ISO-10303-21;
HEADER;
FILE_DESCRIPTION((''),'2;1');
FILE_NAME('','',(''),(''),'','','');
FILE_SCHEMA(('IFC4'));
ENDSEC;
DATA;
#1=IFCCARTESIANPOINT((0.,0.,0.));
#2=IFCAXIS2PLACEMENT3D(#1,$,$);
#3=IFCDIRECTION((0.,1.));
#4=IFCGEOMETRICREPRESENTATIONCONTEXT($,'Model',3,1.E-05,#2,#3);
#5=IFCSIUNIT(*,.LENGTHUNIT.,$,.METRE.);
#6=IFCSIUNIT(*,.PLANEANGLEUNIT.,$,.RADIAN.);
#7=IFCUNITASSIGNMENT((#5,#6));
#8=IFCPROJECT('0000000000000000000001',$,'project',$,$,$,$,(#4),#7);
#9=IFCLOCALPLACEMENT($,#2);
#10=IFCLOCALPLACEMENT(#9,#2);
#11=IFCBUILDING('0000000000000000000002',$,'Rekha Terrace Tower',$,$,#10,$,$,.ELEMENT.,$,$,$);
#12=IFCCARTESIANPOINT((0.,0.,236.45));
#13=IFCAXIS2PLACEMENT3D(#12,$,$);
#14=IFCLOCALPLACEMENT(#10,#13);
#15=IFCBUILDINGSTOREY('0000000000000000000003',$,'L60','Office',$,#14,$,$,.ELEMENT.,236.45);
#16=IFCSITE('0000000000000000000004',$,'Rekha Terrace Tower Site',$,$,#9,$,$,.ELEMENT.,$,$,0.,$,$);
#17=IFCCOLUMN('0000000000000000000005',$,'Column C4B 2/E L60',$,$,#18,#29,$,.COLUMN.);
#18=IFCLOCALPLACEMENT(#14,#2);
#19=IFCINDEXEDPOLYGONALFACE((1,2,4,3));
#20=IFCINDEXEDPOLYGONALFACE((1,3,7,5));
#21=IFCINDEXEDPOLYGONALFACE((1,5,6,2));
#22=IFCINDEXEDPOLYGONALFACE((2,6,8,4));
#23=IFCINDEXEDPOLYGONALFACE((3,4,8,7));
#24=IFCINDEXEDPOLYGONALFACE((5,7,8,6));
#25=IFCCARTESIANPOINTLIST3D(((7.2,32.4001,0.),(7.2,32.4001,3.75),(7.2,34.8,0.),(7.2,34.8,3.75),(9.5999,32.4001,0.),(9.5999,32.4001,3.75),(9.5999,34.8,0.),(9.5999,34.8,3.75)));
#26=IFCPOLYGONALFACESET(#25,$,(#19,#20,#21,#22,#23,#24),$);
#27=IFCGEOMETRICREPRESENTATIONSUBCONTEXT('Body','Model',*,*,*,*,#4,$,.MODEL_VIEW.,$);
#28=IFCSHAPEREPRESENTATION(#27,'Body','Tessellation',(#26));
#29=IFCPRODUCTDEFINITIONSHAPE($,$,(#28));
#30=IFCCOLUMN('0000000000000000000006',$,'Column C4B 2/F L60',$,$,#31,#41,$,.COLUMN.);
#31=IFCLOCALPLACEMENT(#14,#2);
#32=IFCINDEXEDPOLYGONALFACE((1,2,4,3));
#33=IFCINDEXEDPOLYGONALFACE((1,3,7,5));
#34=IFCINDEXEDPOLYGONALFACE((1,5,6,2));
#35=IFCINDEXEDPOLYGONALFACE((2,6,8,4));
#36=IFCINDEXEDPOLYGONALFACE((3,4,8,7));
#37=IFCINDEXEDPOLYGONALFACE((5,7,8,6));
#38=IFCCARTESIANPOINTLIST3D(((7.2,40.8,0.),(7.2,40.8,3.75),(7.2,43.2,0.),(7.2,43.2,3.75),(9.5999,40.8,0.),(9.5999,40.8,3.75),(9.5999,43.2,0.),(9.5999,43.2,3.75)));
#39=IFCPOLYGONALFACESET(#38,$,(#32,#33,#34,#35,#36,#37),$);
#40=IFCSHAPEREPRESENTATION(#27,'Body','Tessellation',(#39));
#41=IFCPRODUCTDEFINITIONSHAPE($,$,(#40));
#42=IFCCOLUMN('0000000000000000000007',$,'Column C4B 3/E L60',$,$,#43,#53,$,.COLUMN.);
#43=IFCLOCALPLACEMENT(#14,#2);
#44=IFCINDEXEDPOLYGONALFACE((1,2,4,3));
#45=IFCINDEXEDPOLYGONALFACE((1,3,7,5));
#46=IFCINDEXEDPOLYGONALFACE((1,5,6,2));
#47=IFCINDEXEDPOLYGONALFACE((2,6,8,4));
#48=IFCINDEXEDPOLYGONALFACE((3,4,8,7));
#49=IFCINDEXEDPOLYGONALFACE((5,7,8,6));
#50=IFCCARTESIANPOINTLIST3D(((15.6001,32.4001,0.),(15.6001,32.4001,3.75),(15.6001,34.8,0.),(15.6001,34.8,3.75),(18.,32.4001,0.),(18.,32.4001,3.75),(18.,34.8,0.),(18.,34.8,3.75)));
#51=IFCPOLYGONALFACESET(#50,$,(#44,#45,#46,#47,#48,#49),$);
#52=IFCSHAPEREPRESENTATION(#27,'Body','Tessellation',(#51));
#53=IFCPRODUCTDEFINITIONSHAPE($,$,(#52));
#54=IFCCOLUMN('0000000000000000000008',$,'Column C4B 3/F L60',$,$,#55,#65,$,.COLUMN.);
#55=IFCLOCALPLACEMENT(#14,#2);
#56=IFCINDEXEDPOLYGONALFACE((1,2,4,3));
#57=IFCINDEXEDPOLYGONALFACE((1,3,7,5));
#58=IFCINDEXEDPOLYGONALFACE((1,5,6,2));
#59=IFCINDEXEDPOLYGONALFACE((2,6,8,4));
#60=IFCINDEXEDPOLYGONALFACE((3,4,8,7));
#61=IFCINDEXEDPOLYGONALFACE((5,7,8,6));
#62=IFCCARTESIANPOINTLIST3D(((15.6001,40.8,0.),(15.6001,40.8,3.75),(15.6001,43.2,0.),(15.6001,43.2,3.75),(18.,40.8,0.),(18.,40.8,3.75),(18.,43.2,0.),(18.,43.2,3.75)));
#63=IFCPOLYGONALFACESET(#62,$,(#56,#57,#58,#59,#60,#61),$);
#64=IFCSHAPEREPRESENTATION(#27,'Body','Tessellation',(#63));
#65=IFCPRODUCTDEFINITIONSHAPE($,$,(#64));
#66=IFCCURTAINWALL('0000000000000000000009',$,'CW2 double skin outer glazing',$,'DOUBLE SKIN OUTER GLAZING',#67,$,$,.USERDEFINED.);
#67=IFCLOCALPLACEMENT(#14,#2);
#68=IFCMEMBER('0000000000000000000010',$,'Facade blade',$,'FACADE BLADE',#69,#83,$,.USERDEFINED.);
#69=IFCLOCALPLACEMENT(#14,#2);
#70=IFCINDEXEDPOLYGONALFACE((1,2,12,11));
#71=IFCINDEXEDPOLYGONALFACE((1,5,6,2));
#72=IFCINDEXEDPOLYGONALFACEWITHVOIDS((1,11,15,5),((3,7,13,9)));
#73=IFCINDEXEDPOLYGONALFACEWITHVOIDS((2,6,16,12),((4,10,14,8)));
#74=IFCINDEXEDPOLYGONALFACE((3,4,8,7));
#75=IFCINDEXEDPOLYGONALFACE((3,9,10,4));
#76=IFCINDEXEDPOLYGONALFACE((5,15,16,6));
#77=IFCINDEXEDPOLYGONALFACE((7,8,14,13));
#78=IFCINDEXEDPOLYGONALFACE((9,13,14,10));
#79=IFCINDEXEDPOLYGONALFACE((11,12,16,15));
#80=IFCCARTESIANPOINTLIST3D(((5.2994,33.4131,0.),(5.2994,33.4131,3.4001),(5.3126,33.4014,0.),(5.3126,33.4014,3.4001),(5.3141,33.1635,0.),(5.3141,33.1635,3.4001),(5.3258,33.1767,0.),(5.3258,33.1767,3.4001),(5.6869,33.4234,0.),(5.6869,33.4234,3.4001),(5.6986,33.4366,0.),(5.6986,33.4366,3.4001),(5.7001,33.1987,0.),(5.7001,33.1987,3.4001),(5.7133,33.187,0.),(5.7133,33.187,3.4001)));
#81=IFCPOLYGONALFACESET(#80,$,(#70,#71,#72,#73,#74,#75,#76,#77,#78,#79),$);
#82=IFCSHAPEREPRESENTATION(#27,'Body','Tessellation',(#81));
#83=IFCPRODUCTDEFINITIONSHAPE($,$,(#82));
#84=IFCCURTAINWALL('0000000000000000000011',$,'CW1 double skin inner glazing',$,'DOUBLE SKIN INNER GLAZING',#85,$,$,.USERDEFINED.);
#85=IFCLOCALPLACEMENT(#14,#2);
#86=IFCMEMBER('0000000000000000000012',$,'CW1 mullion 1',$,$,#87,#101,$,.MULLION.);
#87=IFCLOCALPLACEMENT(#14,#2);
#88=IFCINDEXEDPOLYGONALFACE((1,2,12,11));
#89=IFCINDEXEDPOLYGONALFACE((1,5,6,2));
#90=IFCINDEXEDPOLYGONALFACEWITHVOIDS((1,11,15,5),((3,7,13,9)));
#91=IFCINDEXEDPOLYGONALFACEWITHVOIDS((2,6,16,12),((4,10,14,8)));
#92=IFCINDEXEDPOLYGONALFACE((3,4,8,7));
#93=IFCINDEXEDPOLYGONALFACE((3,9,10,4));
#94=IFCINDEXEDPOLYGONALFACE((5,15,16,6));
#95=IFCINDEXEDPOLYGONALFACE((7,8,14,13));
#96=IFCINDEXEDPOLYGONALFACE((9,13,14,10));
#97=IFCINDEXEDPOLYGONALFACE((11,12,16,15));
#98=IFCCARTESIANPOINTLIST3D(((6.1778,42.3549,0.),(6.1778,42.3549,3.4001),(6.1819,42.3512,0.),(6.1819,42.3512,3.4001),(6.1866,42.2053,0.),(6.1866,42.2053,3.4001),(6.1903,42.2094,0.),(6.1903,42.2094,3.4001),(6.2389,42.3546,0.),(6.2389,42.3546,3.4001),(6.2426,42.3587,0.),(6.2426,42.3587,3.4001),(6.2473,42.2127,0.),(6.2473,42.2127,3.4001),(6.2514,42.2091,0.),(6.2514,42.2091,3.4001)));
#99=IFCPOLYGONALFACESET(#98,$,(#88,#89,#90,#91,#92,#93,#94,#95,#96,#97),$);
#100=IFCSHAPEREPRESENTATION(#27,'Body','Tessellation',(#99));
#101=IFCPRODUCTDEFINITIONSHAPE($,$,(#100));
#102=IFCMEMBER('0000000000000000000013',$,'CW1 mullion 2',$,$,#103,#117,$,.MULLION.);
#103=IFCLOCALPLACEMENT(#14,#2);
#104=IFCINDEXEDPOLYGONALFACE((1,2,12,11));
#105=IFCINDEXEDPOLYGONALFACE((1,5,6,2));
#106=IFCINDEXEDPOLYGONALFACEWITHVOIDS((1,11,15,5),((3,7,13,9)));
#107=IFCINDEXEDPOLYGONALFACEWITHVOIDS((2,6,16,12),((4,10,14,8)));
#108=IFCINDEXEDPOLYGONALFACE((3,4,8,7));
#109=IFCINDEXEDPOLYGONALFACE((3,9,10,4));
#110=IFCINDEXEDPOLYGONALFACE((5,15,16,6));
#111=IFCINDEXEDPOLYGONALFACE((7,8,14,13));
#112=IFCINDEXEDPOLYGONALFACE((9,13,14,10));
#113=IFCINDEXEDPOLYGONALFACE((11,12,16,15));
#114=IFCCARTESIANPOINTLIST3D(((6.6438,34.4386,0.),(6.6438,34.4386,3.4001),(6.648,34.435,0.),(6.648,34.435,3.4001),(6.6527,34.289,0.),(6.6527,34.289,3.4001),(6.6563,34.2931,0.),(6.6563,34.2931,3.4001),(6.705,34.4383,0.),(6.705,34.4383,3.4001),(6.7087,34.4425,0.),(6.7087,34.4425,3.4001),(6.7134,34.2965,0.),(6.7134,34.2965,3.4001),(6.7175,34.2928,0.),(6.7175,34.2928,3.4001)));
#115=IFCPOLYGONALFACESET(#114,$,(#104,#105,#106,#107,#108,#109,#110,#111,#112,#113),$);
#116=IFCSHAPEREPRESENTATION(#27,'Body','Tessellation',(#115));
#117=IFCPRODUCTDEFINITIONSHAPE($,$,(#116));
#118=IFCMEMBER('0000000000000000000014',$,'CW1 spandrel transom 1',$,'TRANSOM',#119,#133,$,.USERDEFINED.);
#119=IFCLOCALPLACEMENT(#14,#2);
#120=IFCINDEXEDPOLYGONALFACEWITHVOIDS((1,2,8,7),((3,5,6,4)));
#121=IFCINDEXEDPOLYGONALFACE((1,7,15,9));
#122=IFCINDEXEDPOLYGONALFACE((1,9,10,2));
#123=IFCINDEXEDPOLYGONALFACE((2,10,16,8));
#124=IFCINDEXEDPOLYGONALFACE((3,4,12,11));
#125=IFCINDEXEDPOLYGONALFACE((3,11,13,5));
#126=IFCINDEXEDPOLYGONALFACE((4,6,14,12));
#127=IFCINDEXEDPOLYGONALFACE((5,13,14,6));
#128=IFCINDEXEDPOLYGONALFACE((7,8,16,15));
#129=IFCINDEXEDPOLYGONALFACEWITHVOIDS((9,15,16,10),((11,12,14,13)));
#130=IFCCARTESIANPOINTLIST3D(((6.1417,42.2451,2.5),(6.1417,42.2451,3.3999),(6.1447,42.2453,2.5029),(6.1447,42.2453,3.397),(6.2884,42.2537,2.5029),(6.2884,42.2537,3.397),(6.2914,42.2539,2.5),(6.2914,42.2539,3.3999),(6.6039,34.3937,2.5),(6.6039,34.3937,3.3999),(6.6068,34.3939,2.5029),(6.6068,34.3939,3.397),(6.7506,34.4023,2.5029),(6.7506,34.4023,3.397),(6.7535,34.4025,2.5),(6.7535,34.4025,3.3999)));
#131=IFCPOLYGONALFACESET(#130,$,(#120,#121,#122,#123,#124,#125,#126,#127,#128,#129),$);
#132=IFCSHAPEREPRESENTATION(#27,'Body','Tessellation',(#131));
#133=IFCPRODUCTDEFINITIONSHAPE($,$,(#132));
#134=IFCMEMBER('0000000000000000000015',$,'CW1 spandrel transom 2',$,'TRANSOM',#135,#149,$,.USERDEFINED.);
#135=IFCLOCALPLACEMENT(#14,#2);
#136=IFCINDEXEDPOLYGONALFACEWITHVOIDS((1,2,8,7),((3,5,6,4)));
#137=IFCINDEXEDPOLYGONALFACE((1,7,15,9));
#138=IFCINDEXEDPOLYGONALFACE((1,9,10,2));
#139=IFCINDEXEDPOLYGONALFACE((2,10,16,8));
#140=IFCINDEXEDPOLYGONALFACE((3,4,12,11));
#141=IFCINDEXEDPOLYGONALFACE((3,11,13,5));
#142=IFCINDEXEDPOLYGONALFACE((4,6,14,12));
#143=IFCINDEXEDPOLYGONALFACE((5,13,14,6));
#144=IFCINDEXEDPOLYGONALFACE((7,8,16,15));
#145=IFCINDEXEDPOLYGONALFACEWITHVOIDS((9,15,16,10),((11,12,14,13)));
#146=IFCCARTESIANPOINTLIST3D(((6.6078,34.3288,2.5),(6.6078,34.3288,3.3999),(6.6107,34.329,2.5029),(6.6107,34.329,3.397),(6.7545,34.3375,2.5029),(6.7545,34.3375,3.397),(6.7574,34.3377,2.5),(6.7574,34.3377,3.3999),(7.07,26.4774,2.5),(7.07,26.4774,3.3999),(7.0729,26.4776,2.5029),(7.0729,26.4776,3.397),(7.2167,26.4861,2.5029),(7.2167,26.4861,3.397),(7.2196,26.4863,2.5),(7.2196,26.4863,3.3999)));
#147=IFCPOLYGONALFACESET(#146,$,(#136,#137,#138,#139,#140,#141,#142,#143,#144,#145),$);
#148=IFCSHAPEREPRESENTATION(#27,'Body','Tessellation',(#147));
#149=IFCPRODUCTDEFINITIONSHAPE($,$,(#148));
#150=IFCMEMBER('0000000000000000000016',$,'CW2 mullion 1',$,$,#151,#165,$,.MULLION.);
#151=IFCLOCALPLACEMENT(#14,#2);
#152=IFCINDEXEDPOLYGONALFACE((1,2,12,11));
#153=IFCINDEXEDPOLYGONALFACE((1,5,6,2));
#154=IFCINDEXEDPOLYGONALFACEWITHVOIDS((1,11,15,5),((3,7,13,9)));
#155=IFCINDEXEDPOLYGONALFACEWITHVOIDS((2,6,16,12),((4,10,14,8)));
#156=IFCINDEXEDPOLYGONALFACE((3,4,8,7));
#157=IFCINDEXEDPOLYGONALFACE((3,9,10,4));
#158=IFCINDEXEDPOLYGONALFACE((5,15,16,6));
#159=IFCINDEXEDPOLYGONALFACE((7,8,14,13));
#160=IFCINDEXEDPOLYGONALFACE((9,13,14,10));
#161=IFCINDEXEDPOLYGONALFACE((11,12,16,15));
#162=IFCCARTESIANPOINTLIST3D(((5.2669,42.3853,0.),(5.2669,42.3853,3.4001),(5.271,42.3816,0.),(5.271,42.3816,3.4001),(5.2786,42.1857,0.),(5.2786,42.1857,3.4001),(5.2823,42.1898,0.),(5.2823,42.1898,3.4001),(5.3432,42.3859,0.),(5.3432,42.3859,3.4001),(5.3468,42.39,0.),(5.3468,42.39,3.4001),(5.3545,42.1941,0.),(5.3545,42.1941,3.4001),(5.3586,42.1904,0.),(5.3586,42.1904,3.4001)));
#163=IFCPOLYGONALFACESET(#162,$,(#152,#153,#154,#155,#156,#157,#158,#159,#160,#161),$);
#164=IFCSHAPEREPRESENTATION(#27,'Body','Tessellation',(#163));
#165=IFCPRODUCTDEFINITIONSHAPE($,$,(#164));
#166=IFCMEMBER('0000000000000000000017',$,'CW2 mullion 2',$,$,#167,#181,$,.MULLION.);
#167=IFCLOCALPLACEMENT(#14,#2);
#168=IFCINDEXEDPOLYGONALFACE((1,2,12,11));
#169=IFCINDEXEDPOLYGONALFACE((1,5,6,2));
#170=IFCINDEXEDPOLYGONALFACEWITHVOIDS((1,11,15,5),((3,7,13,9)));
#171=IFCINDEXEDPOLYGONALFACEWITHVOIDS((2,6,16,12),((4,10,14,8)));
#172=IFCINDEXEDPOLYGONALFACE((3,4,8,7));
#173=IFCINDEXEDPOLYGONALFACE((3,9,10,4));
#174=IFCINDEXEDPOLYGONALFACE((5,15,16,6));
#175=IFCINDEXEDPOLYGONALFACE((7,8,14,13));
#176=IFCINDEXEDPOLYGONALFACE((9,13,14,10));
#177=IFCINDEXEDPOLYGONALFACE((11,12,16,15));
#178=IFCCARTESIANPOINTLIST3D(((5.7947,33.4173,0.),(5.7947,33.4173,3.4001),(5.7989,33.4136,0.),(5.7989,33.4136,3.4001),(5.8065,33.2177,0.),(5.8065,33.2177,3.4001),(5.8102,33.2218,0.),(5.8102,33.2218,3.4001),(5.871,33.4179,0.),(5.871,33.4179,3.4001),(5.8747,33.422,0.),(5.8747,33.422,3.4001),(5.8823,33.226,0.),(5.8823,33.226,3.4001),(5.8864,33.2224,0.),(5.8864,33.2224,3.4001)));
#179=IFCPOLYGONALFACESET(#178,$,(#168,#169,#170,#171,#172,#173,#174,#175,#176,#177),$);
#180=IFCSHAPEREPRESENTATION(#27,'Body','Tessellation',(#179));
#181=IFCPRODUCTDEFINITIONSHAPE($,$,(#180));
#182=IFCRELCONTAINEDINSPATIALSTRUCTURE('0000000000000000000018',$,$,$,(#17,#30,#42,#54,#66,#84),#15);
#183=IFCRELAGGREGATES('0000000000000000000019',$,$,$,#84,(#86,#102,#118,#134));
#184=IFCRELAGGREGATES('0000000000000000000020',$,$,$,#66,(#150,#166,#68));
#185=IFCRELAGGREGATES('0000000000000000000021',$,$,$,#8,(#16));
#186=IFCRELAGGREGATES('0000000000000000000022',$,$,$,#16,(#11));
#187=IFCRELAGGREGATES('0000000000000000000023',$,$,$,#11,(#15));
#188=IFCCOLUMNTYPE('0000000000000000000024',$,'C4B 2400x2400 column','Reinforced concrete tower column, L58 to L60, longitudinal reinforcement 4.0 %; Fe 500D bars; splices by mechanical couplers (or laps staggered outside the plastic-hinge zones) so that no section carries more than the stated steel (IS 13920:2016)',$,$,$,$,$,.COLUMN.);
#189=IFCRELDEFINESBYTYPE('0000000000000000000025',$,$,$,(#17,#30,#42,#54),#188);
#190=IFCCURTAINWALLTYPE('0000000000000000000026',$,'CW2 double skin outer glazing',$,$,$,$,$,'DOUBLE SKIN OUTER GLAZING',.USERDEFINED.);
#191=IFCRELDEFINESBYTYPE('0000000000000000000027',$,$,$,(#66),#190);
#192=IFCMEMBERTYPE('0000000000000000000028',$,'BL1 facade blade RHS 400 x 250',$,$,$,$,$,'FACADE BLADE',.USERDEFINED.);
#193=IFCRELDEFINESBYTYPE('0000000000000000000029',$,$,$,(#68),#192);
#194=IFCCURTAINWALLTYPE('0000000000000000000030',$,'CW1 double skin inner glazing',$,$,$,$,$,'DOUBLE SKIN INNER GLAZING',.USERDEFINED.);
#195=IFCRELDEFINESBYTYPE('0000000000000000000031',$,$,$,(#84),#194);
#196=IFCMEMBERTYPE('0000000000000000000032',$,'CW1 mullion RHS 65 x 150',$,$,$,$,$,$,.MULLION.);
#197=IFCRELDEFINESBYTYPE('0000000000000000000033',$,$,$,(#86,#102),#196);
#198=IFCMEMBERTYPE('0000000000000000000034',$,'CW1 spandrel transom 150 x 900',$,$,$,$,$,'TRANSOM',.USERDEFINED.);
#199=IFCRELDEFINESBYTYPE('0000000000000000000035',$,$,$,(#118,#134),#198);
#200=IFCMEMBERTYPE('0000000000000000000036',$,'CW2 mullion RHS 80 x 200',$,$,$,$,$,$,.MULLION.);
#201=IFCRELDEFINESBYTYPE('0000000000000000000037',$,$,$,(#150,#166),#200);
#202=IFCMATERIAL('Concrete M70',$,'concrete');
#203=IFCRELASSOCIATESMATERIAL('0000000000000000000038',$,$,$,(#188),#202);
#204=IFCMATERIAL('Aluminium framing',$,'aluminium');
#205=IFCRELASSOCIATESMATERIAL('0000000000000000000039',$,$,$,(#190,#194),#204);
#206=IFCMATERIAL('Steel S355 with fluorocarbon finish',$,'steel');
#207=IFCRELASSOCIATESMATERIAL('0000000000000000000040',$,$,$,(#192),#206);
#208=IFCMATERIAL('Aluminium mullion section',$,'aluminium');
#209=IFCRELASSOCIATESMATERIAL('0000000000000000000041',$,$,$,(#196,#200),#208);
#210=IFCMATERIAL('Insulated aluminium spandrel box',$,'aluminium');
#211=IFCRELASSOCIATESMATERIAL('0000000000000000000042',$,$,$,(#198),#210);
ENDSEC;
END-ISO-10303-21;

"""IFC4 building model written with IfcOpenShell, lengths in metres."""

from ifc_helpers import new_model, si_unit, direction, frame, origin, origin_2d, place, context, subcontext, project, spatial, rectangle, hollow_rectangle, extrude, material, material_profile, profile_set, type_object, element, aggregate, save


model = new_model("IFC4")

# Units and contexts
model_context = context("Model", 3, precision=1e-05, world=origin(), true_north=direction((0.0, 1.0)))
body_context = subcontext(model_context, "Body", "Model", "MODEL_VIEW")
ifc_project = project(units=[si_unit("LENGTHUNIT", "METRE"), si_unit("PLANEANGLEUNIT", "RADIAN")], contexts=[model_context])

# Site, building, storey
site_placement = place(None, origin())
site = spatial("IfcSite", under=ifc_project, at=site_placement, Name="Rekha Terrace Tower Site", CompositionType="ELEMENT", RefElevation=0.0)
building_placement = place(site_placement, origin())
building = spatial("IfcBuilding", under=site, at=building_placement, Name="Rekha Terrace Tower", CompositionType="ELEMENT")
storey_placement = place(building_placement, frame((0.0, 0.0, 236.45)))
storey = spatial("IfcBuildingStorey", under=building, at=storey_placement, Name="L60", Description="Office", CompositionType="ELEMENT", Elevation=236.45)

# Columns
ifc_material_1 = material(Name="Concrete M70", Category="concrete")
ifc_material_profile_1 = material_profile(ifc_material_1, rectangle(XDim=2.3999, YDim=2.3999, at=origin_2d()), Name="RC 2400x2400")
ifc_profile_set_1 = profile_set([ifc_material_profile_1], Name="Concrete M70")
column_type = type_object("IfcColumnType", Name="C4B 2400x2400 column", Description="Reinforced concrete tower column, L58 to L60, longitudinal reinforcement 4.0 %; Fe 500D bars; splices by mechanical couplers (or laps staggered outside the plastic-hinge zones) so that no section carries more than the stated steel (IS 13920:2016)", PredefinedType="COLUMN", material=ifc_profile_set_1)
for number, where, z_axis, x_axis, name in (
    (1, (8.3999, 33.6001, 0.0), (0.0, 0.0, 1.0), (1.0, 0.0, 0.0), "Column C4B 2/E L60"),
    (2, (8.3999, 42.0, 0.0), (0.0, 0.0, 1.0), (1.0, 0.0, 0.0), "Column C4B 2/F L60"),
    (3, (16.8, 33.6001, 0.0), (0.0, 0.0, 1.0), (1.0, 0.0, 0.0), "Column C4B 3/E L60"),
    (4, (16.8, 42.0, 0.0), (0.0, 0.0, 1.0), (1.0, 0.0, 0.0), "Column C4B 3/F L60"),
):
    element("IfcColumn", number, at=place(storey_placement, frame(where, z_axis=z_axis, x_axis=x_axis)), inside=storey, type_object=column_type, Name=name, PredefinedType="COLUMN", context=body_context, shape_type="SweptSolid", body=[
        extrude(rectangle(XDim=2.3999, YDim=2.3999, at=origin_2d()), origin(), (0.0, 0.0, 1.0), 3.75),
    ])

# Curtain wall, member
ifc_material_2 = material(Name="Aluminium framing", Category="aluminium")
curtain_wall_type_1 = type_object("IfcCurtainWallType", Name="CW2 double skin outer glazing", ElementType="DOUBLE SKIN OUTER GLAZING", PredefinedType="USERDEFINED", material=ifc_material_2)
curtain_wall_1_placement = place(storey_placement, origin())
curtain_wall_1 = element("IfcCurtainWall", 5, at=curtain_wall_1_placement, inside=storey, type_object=curtain_wall_type_1, Name="CW2 double skin outer glazing", ObjectType="DOUBLE SKIN OUTER GLAZING", PredefinedType="USERDEFINED")
ifc_material_3 = material(Name="Steel S355 with fluorocarbon finish", Category="steel")
ifc_material_profile_2 = material_profile(ifc_material_3, hollow_rectangle(XDim=0.25, YDim=0.3999, WallThickness=0.0125, at=origin_2d()), Name="RHS400x250x12.5")
ifc_profile_set_2 = profile_set([ifc_material_profile_2], Name="Steel S355 with fluorocarbon finish")
member_type_1 = type_object("IfcMemberType", Name="BL1 facade blade RHS 400 x 250", ElementType="FACADE BLADE", PredefinedType="USERDEFINED", material=ifc_profile_set_2)
member_1_placement = place(storey_placement, frame((5.5063, 33.3, 0.0), z_axis=(0.0, 0.0, 1.0), x_axis=(0.058765, -0.998272, 0.0)))
member_1 = element("IfcMember", 6, at=member_1_placement, type_object=member_type_1, Name="Facade blade", ObjectType="FACADE BLADE", PredefinedType="USERDEFINED", context=body_context, shape_type="SweptSolid", body=[
    extrude(hollow_rectangle(XDim=0.25, YDim=0.3999, WallThickness=0.0125, at=origin_2d()), origin(), (0.0, 0.0, 1.0), 3.4001),
])

# Curtain wall, members
curtain_wall_type_2 = type_object("IfcCurtainWallType", Name="CW1 double skin inner glazing", ElementType="DOUBLE SKIN INNER GLAZING", PredefinedType="USERDEFINED", material=ifc_material_2)
curtain_wall_2_placement = place(storey_placement, origin())
curtain_wall_2 = element("IfcCurtainWall", 7, at=curtain_wall_2_placement, inside=storey, type_object=curtain_wall_type_2, Name="CW1 double skin inner glazing", ObjectType="DOUBLE SKIN INNER GLAZING", PredefinedType="USERDEFINED")
ifc_material_4 = material(Name="Aluminium mullion section", Category="aluminium")
ifc_material_profile_3 = material_profile(ifc_material_4, hollow_rectangle(XDim=0.0649, YDim=0.1499, WallThickness=0.0039, at=origin_2d()), Name="AL RHS 65x150")
ifc_profile_set_3 = profile_set([ifc_material_profile_3], Name="Aluminium mullion section")
member_type_2 = type_object("IfcMemberType", Name="CW1 mullion RHS 65 x 150", PredefinedType="MULLION", material=ifc_profile_set_3)
member_2_placement = place(storey_placement, frame((6.2146, 42.282, 0.0), z_axis=(0.0, 0.0, 1.0), x_axis=(0.998272, 0.058765, 0.0)))
member_2 = element("IfcMember", 8, at=member_2_placement, type_object=member_type_2, Name="CW1 mullion 1", PredefinedType="MULLION", context=body_context, shape_type="SweptSolid", body=[
    extrude(hollow_rectangle(XDim=0.0649, YDim=0.1499, WallThickness=0.0039, at=origin_2d()), origin(), (0.0, 0.0, 1.0), 3.4001),
])
member_3_placement = place(storey_placement, frame((6.6807, 34.3657, 0.0), z_axis=(0.0, 0.0, 1.0), x_axis=(0.998272, 0.058765, 0.0)))
member_3 = element("IfcMember", 9, at=member_3_placement, type_object=member_type_2, Name="CW1 mullion 2", PredefinedType="MULLION", context=body_context, shape_type="SweptSolid", body=[
    extrude(hollow_rectangle(XDim=0.0649, YDim=0.1499, WallThickness=0.0039, at=origin_2d()), origin(), (0.0, 0.0, 1.0), 3.4001),
])
ifc_material_5 = material(Name="Insulated aluminium spandrel box", Category="aluminium")
ifc_material_profile_4 = material_profile(ifc_material_5, hollow_rectangle(XDim=0.1499, YDim=0.8999, WallThickness=0.0029, at=origin_2d()), Name="AL SPANDREL BOX 150x900")
ifc_profile_set_4 = profile_set([ifc_material_profile_4], Name="Insulated aluminium spandrel box")
member_type_3 = type_object("IfcMemberType", Name="CW1 spandrel transom 150 x 900", ElementType="TRANSOM", PredefinedType="USERDEFINED", material=ifc_profile_set_4)
member_4_placement = place(storey_placement, frame((6.2166, 42.2495, 2.95), z_axis=(0.058762, -0.998272, 0.0), x_axis=(0.998272, 0.058762, 0.0)))
member_4 = element("IfcMember", 10, at=member_4_placement, type_object=member_type_3, Name="CW1 spandrel transom 1", ObjectType="TRANSOM", PredefinedType="USERDEFINED", context=body_context, shape_type="SweptSolid", body=[
    extrude(hollow_rectangle(XDim=0.1499, YDim=0.8999, WallThickness=0.0029, at=origin_2d()), origin(), (0.0, 0.0, 1.0), 7.865),
])
member_5_placement = place(storey_placement, frame((6.6826, 34.3333, 2.95), z_axis=(0.058762, -0.998272, 0.0), x_axis=(0.998272, 0.058762, 0.0)))
member_5 = element("IfcMember", 11, at=member_5_placement, type_object=member_type_3, Name="CW1 spandrel transom 2", ObjectType="TRANSOM", PredefinedType="USERDEFINED", context=body_context, shape_type="SweptSolid", body=[
    extrude(hollow_rectangle(XDim=0.1499, YDim=0.8999, WallThickness=0.0029, at=origin_2d()), origin(), (0.0, 0.0, 1.0), 7.865),
])

# Members
ifc_material_profile_5 = material_profile(ifc_material_4, hollow_rectangle(XDim=0.0801, YDim=0.2, WallThickness=0.0039, at=origin_2d()), Name="AL RHS 80x200")
ifc_profile_set_5 = profile_set([ifc_material_profile_5], Name="Aluminium mullion section")
member_type_4 = type_object("IfcMemberType", Name="CW2 mullion RHS 80 x 200", PredefinedType="MULLION", material=ifc_profile_set_5)
member_6_placement = place(storey_placement, frame((5.3127, 42.2878, 0.0), z_axis=(0.0, 0.0, 1.0), x_axis=(0.998272, 0.058765, 0.0)))
member_6 = element("IfcMember", 12, at=member_6_placement, type_object=member_type_4, Name="CW2 mullion 1", PredefinedType="MULLION", context=body_context, shape_type="SweptSolid", body=[
    extrude(hollow_rectangle(XDim=0.0801, YDim=0.2, WallThickness=0.0039, at=origin_2d()), origin(), (0.0, 0.0, 1.0), 3.4001),
])
member_7_placement = place(storey_placement, frame((5.8406, 33.3198, 0.0), z_axis=(0.0, 0.0, 1.0), x_axis=(0.998272, 0.058765, 0.0)))
member_7 = element("IfcMember", 13, at=member_7_placement, type_object=member_type_4, Name="CW2 mullion 2", PredefinedType="MULLION", context=body_context, shape_type="SweptSolid", body=[
    extrude(hollow_rectangle(XDim=0.0801, YDim=0.2, WallThickness=0.0039, at=origin_2d()), origin(), (0.0, 0.0, 1.0), 3.4001),
])

aggregate(curtain_wall_2, [member_2, member_3, member_4, member_5])
aggregate(curtain_wall_1, [member_6, member_7, member_1])

save(model, "model.ifc")
